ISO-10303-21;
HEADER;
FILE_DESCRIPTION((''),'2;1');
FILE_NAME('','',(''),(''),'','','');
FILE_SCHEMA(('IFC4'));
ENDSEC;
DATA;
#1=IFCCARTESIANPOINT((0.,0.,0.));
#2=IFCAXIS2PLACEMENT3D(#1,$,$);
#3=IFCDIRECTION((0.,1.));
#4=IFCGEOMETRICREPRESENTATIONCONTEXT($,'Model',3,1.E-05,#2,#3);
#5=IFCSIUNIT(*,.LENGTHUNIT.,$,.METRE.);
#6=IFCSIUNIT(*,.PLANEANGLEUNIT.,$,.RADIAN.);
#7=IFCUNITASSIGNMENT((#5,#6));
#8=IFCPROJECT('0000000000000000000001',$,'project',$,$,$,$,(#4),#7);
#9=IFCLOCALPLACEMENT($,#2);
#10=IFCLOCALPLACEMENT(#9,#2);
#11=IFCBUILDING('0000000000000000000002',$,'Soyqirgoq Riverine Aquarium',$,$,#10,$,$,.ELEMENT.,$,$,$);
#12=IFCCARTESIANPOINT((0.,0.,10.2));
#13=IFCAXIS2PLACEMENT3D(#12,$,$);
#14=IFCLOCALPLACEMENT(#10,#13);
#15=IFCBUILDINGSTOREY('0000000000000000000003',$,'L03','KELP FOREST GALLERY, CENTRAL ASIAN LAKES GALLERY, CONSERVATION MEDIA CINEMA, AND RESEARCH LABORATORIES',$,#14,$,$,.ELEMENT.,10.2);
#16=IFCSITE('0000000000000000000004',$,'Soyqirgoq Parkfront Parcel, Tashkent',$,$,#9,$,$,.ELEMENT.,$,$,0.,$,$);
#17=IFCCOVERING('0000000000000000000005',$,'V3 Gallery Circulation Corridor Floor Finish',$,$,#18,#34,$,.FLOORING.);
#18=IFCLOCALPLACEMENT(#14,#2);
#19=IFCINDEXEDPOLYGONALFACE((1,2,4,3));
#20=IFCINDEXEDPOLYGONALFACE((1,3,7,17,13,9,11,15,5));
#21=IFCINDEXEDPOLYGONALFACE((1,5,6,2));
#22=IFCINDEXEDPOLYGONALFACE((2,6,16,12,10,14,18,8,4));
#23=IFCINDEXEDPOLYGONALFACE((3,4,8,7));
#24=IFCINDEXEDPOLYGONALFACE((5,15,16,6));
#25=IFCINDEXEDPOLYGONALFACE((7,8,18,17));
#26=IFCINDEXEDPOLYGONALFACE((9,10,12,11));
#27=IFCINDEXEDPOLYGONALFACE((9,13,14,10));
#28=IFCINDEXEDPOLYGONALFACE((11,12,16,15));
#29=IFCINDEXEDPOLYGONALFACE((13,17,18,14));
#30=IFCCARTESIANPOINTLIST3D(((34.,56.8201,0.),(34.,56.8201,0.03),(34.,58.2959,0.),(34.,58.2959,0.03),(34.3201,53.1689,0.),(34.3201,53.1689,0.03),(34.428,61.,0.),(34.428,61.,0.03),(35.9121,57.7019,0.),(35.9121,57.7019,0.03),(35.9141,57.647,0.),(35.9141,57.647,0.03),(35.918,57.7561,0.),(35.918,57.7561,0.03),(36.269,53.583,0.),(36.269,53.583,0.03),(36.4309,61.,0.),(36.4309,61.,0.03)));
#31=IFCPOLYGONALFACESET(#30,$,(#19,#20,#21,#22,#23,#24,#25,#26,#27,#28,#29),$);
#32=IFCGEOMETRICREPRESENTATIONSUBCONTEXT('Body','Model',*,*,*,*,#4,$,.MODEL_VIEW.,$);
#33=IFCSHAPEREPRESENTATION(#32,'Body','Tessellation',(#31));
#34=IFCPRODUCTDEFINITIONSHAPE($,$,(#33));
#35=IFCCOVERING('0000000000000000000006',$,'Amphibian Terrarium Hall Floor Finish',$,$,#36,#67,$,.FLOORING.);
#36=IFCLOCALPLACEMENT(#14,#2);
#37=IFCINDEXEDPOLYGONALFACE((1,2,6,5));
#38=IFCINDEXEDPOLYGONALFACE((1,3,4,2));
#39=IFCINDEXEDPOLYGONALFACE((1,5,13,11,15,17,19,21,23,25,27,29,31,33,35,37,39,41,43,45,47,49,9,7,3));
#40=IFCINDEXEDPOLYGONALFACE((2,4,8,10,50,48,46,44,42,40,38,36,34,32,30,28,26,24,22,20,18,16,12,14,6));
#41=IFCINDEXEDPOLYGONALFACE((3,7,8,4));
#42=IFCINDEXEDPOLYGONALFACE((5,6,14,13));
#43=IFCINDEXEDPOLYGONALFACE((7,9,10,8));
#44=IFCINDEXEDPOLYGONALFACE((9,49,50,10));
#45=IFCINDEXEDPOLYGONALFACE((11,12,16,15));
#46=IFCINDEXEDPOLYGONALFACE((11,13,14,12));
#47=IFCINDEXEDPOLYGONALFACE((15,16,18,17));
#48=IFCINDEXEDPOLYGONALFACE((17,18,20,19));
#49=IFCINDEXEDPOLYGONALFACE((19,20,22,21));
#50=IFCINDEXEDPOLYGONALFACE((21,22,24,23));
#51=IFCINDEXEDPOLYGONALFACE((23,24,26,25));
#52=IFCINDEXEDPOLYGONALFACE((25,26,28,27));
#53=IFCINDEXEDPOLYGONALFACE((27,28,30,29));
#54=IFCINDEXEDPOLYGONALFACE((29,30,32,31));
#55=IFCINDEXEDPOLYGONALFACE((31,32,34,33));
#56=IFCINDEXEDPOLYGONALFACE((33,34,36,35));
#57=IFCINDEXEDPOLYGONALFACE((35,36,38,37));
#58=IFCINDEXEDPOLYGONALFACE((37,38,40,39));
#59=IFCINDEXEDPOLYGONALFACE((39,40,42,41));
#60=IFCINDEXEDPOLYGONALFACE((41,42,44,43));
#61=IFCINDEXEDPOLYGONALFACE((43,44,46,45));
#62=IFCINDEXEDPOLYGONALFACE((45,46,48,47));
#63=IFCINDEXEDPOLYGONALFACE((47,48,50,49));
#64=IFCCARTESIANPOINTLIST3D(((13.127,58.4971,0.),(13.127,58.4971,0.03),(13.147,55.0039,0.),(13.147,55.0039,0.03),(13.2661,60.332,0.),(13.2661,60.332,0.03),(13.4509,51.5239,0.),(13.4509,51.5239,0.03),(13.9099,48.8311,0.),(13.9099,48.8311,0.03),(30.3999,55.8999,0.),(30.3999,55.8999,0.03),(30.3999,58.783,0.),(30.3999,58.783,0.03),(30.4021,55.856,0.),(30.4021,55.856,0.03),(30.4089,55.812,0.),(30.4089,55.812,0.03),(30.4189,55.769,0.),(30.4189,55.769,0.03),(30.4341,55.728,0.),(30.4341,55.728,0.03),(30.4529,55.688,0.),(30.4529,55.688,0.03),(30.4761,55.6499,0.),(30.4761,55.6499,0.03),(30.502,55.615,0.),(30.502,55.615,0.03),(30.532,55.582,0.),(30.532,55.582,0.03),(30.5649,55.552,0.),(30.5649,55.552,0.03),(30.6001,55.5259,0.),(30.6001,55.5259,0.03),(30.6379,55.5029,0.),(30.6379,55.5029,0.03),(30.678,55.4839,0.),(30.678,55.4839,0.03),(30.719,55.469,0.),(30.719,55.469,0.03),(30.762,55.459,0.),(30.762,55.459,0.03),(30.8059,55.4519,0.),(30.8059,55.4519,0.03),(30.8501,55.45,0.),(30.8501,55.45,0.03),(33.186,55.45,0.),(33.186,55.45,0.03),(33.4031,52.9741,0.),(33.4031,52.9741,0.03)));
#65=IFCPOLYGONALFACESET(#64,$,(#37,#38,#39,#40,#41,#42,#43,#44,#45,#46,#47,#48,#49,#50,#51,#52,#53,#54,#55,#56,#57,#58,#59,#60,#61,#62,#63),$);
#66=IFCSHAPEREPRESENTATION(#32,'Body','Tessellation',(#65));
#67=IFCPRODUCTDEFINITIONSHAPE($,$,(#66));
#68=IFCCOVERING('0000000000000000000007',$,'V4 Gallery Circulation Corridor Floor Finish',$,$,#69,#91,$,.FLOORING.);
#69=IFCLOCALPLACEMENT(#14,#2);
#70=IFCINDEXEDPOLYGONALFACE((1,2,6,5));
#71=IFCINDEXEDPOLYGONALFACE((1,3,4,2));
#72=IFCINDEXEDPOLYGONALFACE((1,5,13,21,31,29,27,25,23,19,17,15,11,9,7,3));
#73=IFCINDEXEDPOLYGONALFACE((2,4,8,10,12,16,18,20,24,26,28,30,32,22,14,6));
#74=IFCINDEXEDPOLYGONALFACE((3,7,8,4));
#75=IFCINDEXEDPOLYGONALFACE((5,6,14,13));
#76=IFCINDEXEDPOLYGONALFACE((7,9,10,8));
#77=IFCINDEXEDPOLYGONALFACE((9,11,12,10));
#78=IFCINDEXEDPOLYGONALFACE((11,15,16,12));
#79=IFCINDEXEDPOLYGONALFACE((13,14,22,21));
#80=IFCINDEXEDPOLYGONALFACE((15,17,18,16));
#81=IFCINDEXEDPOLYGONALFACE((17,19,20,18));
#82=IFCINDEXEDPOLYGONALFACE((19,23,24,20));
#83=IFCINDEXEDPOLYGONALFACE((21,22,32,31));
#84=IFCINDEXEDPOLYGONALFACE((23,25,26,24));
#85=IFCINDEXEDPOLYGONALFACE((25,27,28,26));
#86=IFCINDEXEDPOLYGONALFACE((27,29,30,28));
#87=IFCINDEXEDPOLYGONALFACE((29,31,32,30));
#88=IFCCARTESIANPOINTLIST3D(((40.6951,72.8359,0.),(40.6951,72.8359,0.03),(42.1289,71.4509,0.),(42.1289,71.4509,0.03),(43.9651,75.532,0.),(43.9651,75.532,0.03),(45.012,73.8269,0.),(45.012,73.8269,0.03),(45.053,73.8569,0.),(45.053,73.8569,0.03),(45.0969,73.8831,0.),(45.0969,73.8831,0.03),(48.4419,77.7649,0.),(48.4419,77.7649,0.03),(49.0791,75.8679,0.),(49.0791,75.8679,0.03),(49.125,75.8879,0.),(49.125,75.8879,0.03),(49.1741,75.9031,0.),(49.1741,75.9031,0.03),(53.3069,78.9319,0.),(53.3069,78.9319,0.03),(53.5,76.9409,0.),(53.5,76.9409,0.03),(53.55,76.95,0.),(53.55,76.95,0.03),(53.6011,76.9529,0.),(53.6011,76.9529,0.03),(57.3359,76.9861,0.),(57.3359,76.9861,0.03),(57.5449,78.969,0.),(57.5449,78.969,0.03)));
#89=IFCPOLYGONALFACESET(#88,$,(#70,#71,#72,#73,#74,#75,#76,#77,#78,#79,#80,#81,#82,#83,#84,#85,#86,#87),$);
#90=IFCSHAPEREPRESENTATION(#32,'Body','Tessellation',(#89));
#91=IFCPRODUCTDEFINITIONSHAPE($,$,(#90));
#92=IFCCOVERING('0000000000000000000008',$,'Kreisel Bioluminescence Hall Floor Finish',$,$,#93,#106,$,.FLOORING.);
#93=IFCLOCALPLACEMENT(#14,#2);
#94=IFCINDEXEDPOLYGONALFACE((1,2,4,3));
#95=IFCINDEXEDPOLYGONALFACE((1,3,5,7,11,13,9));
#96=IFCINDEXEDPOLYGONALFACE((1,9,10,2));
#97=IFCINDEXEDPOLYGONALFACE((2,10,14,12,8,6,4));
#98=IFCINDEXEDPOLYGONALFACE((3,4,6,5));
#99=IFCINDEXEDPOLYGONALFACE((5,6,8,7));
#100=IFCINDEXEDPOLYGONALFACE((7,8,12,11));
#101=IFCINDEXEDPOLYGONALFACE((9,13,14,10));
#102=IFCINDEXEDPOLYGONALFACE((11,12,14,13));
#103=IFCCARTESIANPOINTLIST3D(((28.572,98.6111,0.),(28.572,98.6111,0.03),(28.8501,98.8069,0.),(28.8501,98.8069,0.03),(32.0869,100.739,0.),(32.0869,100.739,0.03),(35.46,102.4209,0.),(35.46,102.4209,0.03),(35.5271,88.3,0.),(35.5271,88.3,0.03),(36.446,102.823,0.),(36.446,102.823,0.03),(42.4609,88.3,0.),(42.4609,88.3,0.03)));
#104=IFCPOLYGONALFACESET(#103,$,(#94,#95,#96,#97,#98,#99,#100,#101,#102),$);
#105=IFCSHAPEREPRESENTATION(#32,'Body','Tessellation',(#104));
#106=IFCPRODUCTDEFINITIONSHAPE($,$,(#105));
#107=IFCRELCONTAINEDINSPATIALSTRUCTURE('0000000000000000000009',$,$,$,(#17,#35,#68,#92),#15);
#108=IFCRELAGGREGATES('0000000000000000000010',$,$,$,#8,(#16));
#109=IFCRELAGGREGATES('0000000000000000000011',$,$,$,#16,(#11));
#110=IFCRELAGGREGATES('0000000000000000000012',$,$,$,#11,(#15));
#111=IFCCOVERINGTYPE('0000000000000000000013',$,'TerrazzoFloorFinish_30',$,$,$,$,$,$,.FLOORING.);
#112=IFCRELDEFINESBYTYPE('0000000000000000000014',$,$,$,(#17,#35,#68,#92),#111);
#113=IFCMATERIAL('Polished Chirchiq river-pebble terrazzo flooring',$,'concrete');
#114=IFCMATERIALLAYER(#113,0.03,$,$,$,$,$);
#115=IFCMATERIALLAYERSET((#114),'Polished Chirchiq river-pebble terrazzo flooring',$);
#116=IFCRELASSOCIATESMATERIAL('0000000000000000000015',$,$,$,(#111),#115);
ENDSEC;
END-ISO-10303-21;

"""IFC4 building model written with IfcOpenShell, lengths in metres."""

from ifc_helpers import new_model, si_unit, direction, frame, origin, place, context, subcontext, project, spatial, polyline, outline, extrude, material, layer, layer_set, type_object, element, save


model = new_model("IFC4")

# Units and contexts
model_context = context("Model", 3, precision=1e-05, world=origin(), true_north=direction((0.0, 1.0)))
body_context = subcontext(model_context, "Body", "Model", "MODEL_VIEW")
ifc_project = project(units=[si_unit("LENGTHUNIT", "METRE"), si_unit("PLANEANGLEUNIT", "RADIAN")], contexts=[model_context])

# Site, building, storey
site_placement = place(None, origin())
site = spatial("IfcSite", under=ifc_project, at=site_placement, Name="Soyqirgoq Parkfront Parcel, Tashkent", CompositionType="ELEMENT", RefElevation=0.0)
building_placement = place(site_placement, origin())
building = spatial("IfcBuilding", under=site, at=building_placement, Name="Soyqirgoq Riverine Aquarium", CompositionType="ELEMENT")
storey_placement = place(building_placement, frame((0.0, 0.0, 10.2)))
storey = spatial("IfcBuildingStorey", under=building, at=storey_placement, Name="L03", Description="KELP FOREST GALLERY, CENTRAL ASIAN LAKES GALLERY, CONSERVATION MEDIA CINEMA, AND RESEARCH LABORATORIES", CompositionType="ELEMENT", Elevation=10.2)

# Coverings
ifc_material_1 = material(Name="Polished Chirchiq river-pebble terrazzo flooring", Category="concrete")
ifc_layer_1 = layer(ifc_material_1, 0.03)
ifc_layer_set_1 = layer_set([ifc_layer_1], Name="Polished Chirchiq river-pebble terrazzo flooring")
covering_type_1 = type_object("IfcCoveringType", Name="TerrazzoFloorFinish_30", PredefinedType="FLOORING", material=ifc_layer_set_1)
covering_1_placement = place(storey_placement, origin())
element("IfcCovering", 1, at=covering_1_placement, inside=storey, type_object=covering_type_1, Name="V3 Gallery Circulation Corridor Floor Finish", PredefinedType="FLOORING", context=body_context, shape_type="SweptSolid", body=[
    extrude(outline(polyline([(34.3201, 53.1689), (34.0, 56.8201), (34.0, 58.2959), (34.428, 61.0), (36.4309, 61.0), (35.918, 57.7561), (35.9121, 57.7019), (35.9141, 57.647), (36.269, 53.583), (34.3201, 53.1689)])), origin(), (0.0, 0.0, 1.0), 0.03),
])
covering_2_placement = place(storey_placement, origin())
element("IfcCovering", 2, at=covering_2_placement, inside=storey, type_object=covering_type_1, Name="Amphibian Terrarium Hall Floor Finish", PredefinedType="FLOORING", context=body_context, shape_type="SweptSolid", body=[
    extrude(outline(polyline([(13.4509, 51.5239), (13.147, 55.0039), (13.127, 58.4971), (13.2661, 60.332), (30.3999, 58.783), (30.3999, 55.8999), (30.4021, 55.856), (30.4089, 55.812), (30.4189, 55.769), (30.4341, 55.728), (30.4529, 55.688), (30.4761, 55.6499), (30.502, 55.615), (30.532, 55.582), (30.5649, 55.552), (30.6001, 55.5259), (30.6379, 55.5029), (30.678, 55.4839), (30.719, 55.469), (30.762, 55.459), (30.8059, 55.4519), (30.8501, 55.45), (33.186, 55.45), (33.4031, 52.9741), (13.9099, 48.8311), (13.4509, 51.5239)])), origin(), (0.0, 0.0, 1.0), 0.03),
])
covering_3_placement = place(storey_placement, origin())
element("IfcCovering", 3, at=covering_3_placement, inside=storey, type_object=covering_type_1, Name="V4 Gallery Circulation Corridor Floor Finish", PredefinedType="FLOORING", context=body_context, shape_type="SweptSolid", body=[
    extrude(outline(polyline([(57.3359, 76.9861), (53.6011, 76.9529), (53.55, 76.95), (53.5, 76.9409), (49.1741, 75.9031), (49.125, 75.8879), (49.0791, 75.8679), (45.0969, 73.8831), (45.053, 73.8569), (45.012, 73.8269), (42.1289, 71.4509), (40.6951, 72.8359), (43.9651, 75.532), (48.4419, 77.7649), (53.3069, 78.9319), (57.5449, 78.969), (57.3359, 76.9861)])), origin(), (0.0, 0.0, 1.0), 0.03),
])
covering_4_placement = place(storey_placement, origin())
element("IfcCovering", 4, at=covering_4_placement, inside=storey, type_object=covering_type_1, Name="Kreisel Bioluminescence Hall Floor Finish", PredefinedType="FLOORING", context=body_context, shape_type="SweptSolid", body=[
    extrude(outline(polyline([(28.8501, 98.8069), (32.0869, 100.739), (35.46, 102.4209), (36.446, 102.823), (42.4609, 88.3), (35.5271, 88.3), (28.572, 98.6111), (28.8501, 98.8069)])), origin(), (0.0, 0.0, 1.0), 0.03),
])

save(model, "model.ifc")
